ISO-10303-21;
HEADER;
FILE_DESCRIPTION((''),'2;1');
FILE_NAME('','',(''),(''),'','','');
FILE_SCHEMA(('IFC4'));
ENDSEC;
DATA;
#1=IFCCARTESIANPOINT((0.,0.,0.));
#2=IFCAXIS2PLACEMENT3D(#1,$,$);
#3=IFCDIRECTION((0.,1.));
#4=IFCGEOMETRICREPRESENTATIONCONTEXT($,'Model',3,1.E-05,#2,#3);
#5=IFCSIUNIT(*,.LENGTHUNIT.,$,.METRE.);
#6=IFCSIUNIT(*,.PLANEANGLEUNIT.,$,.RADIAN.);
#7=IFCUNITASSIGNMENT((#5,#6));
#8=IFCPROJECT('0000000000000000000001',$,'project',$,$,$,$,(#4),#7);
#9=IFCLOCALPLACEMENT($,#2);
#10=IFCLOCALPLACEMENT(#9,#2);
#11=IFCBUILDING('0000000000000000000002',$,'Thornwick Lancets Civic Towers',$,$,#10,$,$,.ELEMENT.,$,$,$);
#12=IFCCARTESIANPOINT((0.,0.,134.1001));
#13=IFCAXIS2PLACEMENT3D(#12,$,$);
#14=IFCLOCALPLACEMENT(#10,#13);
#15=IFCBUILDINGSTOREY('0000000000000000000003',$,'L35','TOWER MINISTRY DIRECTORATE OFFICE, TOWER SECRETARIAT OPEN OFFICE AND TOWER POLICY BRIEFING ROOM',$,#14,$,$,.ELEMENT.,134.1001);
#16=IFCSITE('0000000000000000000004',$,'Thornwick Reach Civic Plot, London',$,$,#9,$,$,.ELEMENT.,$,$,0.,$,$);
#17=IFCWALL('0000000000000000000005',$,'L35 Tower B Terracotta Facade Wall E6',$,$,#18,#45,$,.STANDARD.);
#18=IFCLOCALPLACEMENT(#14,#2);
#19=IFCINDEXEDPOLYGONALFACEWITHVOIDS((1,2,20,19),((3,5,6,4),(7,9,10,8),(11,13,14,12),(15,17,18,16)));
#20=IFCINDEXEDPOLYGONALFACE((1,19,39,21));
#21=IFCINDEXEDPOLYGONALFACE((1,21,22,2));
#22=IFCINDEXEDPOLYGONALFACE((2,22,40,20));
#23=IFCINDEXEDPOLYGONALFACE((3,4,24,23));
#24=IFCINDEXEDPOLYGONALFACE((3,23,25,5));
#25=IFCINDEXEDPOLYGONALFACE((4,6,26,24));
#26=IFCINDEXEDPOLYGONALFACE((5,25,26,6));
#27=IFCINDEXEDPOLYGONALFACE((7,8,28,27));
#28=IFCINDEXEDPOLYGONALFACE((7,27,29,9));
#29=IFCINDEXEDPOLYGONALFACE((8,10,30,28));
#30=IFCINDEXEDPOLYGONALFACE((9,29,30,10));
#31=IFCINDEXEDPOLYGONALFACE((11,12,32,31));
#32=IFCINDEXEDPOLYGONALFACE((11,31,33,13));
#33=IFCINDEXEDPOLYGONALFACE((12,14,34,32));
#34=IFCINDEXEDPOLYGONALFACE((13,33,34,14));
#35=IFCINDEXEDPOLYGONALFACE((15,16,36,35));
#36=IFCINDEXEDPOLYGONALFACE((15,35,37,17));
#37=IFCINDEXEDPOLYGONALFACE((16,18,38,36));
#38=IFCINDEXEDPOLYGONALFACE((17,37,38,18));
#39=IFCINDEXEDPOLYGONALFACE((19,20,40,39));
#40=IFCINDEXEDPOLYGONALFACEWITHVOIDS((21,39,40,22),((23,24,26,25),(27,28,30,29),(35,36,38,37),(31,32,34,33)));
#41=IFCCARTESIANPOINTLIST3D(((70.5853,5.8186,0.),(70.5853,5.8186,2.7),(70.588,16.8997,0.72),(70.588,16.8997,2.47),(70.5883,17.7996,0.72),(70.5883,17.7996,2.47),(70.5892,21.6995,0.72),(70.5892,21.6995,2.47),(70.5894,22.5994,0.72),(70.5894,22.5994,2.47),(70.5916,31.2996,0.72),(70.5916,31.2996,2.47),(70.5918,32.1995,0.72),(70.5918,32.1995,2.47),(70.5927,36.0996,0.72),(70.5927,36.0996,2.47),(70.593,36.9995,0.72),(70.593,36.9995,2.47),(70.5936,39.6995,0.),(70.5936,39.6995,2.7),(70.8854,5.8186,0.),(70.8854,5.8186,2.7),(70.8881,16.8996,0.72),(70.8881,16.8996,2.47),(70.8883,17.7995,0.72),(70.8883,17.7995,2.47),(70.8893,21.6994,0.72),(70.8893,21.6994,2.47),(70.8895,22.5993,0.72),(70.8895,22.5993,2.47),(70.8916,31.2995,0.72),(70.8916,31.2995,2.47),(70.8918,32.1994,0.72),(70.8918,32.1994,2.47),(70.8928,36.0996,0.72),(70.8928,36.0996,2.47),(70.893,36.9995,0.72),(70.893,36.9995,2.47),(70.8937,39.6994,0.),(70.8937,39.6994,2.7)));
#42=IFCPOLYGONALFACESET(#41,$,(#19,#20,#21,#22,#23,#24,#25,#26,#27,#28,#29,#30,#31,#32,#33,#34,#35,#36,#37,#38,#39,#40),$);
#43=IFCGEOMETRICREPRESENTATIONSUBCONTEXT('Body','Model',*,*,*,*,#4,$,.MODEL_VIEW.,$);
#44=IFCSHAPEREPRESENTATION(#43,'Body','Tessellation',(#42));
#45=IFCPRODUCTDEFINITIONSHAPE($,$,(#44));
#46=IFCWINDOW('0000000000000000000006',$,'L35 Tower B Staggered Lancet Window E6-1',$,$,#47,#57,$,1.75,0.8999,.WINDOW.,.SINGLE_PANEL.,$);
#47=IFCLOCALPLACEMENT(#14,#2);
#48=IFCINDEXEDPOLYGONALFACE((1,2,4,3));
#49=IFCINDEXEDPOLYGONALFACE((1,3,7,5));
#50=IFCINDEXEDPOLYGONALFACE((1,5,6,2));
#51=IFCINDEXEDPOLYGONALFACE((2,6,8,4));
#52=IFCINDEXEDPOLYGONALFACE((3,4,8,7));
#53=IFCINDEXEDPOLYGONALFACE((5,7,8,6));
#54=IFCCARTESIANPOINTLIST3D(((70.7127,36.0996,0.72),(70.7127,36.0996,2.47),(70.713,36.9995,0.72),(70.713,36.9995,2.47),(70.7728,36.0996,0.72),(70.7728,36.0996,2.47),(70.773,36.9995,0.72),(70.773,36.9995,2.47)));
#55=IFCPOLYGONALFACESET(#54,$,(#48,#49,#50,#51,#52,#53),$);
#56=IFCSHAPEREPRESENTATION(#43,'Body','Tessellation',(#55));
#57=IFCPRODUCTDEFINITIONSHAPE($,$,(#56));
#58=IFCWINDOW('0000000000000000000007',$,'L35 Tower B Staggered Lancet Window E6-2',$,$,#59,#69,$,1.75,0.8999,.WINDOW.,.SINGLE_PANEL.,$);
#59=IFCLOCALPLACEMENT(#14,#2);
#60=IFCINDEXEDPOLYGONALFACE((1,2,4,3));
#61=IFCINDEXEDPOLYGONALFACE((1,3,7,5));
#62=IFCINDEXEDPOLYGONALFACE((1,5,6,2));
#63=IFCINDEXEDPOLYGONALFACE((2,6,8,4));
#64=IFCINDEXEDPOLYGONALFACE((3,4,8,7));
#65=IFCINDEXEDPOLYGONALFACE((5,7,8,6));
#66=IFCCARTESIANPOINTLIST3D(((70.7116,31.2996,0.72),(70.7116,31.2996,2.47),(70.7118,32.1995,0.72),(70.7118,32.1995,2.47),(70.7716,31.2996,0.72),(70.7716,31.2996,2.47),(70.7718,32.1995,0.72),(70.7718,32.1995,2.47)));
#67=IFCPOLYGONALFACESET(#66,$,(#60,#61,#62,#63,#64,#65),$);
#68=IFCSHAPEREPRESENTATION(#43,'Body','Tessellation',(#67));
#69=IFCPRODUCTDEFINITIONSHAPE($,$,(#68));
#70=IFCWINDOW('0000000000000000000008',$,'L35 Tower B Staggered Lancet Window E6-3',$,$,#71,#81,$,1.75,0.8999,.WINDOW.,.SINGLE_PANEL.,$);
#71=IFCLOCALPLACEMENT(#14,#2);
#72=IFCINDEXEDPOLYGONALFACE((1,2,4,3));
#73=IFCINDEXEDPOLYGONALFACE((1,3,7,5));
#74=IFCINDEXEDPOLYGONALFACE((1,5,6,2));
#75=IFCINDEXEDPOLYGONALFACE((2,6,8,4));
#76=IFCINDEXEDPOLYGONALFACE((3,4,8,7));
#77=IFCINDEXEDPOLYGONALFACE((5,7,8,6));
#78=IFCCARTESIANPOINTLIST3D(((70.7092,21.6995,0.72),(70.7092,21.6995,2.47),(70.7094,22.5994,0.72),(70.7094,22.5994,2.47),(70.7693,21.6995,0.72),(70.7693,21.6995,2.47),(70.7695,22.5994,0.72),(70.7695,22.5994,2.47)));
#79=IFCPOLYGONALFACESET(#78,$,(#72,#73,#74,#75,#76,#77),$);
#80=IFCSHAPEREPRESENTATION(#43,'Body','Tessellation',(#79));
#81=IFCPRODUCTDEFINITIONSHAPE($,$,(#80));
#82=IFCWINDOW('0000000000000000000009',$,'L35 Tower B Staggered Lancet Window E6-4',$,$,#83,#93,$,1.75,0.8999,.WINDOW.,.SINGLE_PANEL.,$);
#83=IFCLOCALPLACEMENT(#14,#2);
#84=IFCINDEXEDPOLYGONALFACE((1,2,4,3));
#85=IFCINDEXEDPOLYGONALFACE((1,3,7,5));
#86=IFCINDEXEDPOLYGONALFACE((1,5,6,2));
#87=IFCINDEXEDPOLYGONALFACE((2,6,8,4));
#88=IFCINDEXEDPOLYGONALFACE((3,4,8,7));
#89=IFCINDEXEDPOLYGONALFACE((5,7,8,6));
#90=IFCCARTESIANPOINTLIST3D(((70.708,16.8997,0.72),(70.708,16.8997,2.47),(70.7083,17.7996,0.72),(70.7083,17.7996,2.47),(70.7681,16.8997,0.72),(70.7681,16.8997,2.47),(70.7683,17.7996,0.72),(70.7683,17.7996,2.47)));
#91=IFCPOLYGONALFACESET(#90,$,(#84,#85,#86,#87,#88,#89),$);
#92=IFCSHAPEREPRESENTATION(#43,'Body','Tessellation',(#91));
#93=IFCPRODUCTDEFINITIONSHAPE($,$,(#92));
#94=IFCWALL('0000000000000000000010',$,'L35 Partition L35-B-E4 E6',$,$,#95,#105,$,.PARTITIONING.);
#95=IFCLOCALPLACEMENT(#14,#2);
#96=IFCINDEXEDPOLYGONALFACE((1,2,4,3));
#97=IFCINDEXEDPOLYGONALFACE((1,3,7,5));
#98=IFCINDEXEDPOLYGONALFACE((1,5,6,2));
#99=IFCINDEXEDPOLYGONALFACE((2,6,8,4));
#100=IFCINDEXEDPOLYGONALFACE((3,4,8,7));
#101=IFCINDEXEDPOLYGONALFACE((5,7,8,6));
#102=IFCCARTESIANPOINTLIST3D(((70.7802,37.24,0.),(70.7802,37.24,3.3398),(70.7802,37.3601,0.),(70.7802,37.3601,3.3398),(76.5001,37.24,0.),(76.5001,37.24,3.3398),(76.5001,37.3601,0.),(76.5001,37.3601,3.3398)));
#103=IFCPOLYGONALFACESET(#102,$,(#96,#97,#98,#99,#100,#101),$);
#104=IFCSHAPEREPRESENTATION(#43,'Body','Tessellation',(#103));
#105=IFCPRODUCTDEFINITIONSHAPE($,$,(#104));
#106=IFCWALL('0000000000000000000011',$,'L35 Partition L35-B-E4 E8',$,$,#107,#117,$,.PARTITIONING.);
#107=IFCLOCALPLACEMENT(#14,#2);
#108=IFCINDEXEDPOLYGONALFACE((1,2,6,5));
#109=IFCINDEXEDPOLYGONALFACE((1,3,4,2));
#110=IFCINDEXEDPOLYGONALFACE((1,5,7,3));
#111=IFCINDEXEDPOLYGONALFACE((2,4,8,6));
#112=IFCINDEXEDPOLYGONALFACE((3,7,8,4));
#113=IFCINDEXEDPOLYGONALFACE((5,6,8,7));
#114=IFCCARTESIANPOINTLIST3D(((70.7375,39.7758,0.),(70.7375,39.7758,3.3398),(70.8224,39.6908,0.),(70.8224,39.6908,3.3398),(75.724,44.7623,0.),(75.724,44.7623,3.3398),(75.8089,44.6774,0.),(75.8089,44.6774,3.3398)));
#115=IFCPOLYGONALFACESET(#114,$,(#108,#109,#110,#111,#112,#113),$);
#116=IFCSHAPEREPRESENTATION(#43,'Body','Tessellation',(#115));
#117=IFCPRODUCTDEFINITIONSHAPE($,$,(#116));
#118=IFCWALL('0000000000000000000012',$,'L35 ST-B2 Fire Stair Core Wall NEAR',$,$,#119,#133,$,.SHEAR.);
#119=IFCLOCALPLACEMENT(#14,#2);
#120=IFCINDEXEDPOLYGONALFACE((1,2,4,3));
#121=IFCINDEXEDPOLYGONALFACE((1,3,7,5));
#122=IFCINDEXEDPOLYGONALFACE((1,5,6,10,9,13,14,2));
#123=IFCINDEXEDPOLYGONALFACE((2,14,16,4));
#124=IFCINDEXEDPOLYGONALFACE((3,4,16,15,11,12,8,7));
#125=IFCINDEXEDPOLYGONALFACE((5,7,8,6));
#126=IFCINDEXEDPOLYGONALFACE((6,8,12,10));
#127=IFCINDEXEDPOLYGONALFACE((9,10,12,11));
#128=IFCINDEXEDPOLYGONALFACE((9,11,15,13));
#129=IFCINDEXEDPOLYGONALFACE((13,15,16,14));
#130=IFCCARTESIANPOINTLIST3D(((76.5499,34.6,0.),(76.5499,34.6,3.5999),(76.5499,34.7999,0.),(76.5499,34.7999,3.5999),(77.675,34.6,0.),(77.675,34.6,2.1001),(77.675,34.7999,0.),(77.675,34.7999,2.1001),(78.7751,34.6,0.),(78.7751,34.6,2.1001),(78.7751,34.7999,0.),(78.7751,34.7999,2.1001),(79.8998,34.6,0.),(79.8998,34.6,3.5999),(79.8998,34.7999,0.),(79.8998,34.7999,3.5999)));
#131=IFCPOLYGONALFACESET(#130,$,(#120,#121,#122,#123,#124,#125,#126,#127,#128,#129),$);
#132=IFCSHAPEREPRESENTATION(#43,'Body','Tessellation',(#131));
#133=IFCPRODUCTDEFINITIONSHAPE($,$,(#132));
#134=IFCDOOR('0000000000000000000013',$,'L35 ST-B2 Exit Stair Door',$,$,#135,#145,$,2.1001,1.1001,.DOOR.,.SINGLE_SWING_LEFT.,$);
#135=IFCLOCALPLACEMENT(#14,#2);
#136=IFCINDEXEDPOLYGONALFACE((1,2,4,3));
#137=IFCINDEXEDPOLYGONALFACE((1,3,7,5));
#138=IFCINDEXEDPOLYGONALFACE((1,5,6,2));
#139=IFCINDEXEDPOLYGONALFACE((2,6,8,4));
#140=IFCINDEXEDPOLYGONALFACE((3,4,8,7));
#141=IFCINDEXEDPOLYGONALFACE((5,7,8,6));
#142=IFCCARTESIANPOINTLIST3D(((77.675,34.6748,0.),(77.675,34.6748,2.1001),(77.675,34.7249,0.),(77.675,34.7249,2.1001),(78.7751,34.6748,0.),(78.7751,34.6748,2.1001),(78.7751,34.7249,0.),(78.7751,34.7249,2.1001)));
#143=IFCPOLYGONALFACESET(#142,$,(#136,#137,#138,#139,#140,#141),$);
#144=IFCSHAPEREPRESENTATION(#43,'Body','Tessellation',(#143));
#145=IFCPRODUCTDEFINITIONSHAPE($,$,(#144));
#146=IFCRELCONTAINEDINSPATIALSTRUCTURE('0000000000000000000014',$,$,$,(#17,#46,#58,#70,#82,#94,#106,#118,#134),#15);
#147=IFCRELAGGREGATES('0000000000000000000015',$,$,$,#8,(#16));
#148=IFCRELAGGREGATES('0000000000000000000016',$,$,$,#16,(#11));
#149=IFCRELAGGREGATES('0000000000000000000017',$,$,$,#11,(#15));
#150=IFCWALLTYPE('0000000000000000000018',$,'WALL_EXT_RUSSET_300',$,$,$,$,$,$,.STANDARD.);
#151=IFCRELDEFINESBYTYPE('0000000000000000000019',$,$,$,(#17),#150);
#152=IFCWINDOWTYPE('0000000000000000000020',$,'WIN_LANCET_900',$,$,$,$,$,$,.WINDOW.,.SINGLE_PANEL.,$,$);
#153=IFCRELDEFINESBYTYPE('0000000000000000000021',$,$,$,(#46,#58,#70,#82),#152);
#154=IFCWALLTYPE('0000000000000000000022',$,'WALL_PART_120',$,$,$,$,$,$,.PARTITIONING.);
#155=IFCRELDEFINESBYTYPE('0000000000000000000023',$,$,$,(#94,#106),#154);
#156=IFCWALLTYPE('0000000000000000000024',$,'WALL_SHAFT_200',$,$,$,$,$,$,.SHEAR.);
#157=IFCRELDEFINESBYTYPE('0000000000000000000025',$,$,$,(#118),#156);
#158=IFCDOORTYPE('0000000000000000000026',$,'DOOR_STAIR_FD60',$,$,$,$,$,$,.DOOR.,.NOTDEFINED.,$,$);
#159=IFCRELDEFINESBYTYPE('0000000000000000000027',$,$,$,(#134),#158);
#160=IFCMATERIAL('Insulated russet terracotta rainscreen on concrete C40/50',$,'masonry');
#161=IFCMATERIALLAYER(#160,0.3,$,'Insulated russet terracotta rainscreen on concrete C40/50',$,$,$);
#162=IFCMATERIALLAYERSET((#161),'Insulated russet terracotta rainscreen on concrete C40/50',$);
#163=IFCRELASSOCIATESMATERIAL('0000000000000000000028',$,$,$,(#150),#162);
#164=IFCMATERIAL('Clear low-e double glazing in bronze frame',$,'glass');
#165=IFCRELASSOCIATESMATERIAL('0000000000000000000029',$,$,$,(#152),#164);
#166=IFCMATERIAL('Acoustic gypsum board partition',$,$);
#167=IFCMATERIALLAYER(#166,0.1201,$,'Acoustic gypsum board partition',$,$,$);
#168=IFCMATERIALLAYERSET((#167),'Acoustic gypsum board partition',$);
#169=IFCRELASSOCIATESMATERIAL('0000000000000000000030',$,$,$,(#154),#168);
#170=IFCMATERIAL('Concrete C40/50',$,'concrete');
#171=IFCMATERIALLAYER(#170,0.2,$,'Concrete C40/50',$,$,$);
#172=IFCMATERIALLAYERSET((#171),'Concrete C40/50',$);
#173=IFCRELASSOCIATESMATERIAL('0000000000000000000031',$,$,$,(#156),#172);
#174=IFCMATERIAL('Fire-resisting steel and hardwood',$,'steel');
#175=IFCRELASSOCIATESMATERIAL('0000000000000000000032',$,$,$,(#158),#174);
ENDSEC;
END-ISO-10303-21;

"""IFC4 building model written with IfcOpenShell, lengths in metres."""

from ifc_helpers import new_model, si_unit, direction, frame, frame_2d, origin, place, context, subcontext, project, spatial, rectangle, extrude, material, layer, layer_set, type_object, element, fill, save


model = new_model("IFC4")

# Units and contexts
model_context = context("Model", 3, precision=1e-05, world=origin(), true_north=direction((0.0, 1.0)))
body_context = subcontext(model_context, "Body", "Model", "MODEL_VIEW")
ifc_project = project(units=[si_unit("LENGTHUNIT", "METRE"), si_unit("PLANEANGLEUNIT", "RADIAN")], contexts=[model_context])

# Site, building, storey
site_placement = place(None, origin())
site = spatial("IfcSite", under=ifc_project, at=site_placement, Name="Thornwick Reach Civic Plot, London", CompositionType="ELEMENT", RefElevation=0.0)
building_placement = place(site_placement, origin())
building = spatial("IfcBuilding", under=site, at=building_placement, Name="Thornwick Lancets Civic Towers", CompositionType="ELEMENT")
storey_placement = place(building_placement, frame((0.0, 0.0, 134.1001)))
storey = spatial("IfcBuildingStorey", under=building, at=storey_placement, Name="L35", Description="TOWER MINISTRY DIRECTORATE OFFICE, TOWER SECRETARIAT OPEN OFFICE AND TOWER POLICY BRIEFING ROOM", CompositionType="ELEMENT", Elevation=134.1001)

# Shared definitions
ifc_material_1 = material(Name="Concrete C40/50", Category="concrete")

# Wall, openings, windows
ifc_material_2 = material(Name="Insulated russet terracotta rainscreen on concrete C40/50", Category="masonry")
ifc_layer_1 = layer(ifc_material_2, 0.3, Name="Insulated russet terracotta rainscreen on concrete C40/50")
ifc_layer_set_1 = layer_set([ifc_layer_1], Name="Insulated russet terracotta rainscreen on concrete C40/50")
wall_type_1 = type_object("IfcWallType", Name="WALL_EXT_RUSSET_300", PredefinedType="STANDARD", material=ifc_layer_set_1)
wall_1_placement = place(storey_placement, frame((70.7437, 39.6995, 0.0), z_axis=(0.0, 0.0, 1.0), x_axis=(-0.000245, -1.0, 0.0)))
wall_1 = element("IfcWall", 1, at=wall_1_placement, inside=storey, type_object=wall_type_1, Name="L35 Tower B Terracotta Facade Wall E6", PredefinedType="STANDARD", context=body_context, shape_type="SweptSolid", body=[
    extrude(rectangle(XDim=33.8809, YDim=0.3, at=frame_2d((16.9404, 0.0))), origin(), (0.0, 0.0, 1.0), 2.7),
])
opening_1_placement = place(wall_1_placement, frame((2.7, 0.0, 0.72)))
opening_1 = element("IfcOpeningElement", 2, at=opening_1_placement, cuts=wall_1, PredefinedType="OPENING", context=body_context, shape_type="SweptSolid", body=[
    extrude(rectangle(XDim=0.8999, YDim=1.75, at=frame_2d((0.45, 0.875))), frame((0.0, 0.1602, 0.0), z_axis=(0.0, -1.0, 0.0), x_axis=(1.0, 0.0, 0.0)), (0.0, 0.0, 1.0), 0.3201),
])
opening_2_placement = place(wall_1_placement, frame((7.5, 0.0, 0.72)))
opening_2 = element("IfcOpeningElement", 3, at=opening_2_placement, cuts=wall_1, PredefinedType="OPENING", context=body_context, shape_type="SweptSolid", body=[
    extrude(rectangle(XDim=0.8999, YDim=1.75, at=frame_2d((0.45, 0.875))), frame((0.0, 0.1602, 0.0), z_axis=(0.0, -1.0, 0.0), x_axis=(1.0, 0.0, 0.0)), (0.0, 0.0, 1.0), 0.3201),
])
opening_3_placement = place(wall_1_placement, frame((17.1001, 0.0, 0.72)))
opening_3 = element("IfcOpeningElement", 4, at=opening_3_placement, cuts=wall_1, PredefinedType="OPENING", context=body_context, shape_type="SweptSolid", body=[
    extrude(rectangle(XDim=0.8999, YDim=1.75, at=frame_2d((0.45, 0.875))), frame((0.0, 0.1602, 0.0), z_axis=(0.0, -1.0, 0.0), x_axis=(1.0, 0.0, 0.0)), (0.0, 0.0, 1.0), 0.3201),
])
opening_4_placement = place(wall_1_placement, frame((21.8999, 0.0, 0.72)))
opening_4 = element("IfcOpeningElement", 5, at=opening_4_placement, cuts=wall_1, PredefinedType="OPENING", context=body_context, shape_type="SweptSolid", body=[
    extrude(rectangle(XDim=0.8999, YDim=1.75, at=frame_2d((0.45, 0.875))), frame((0.0, 0.1602, 0.0), z_axis=(0.0, -1.0, 0.0), x_axis=(1.0, 0.0, 0.0)), (0.0, 0.0, 1.0), 0.3201),
])
ifc_material_3 = material(Name="Clear low-e double glazing in bronze frame", Category="glass")
window_type = type_object("IfcWindowType", Name="WIN_LANCET_900", PartitioningType="SINGLE_PANEL", PredefinedType="WINDOW", material=ifc_material_3)
window_1_placement = place(opening_1_placement, origin())
window_1 = element("IfcWindow", 6, at=window_1_placement, inside=storey, type_object=window_type, Name="L35 Tower B Staggered Lancet Window E6-1", OverallHeight=1.75, OverallWidth=0.8999, PartitioningType="SINGLE_PANEL", PredefinedType="WINDOW", context=body_context, shape_type="SweptSolid", body=[
    extrude(rectangle(XDim=0.8999, YDim=1.75, at=frame_2d((0.45, 0.875))), frame((0.0, 0.03, 0.0), z_axis=(0.0, -1.0, 0.0), x_axis=(1.0, 0.0, 0.0)), (0.0, 0.0, 1.0), 0.0601),
])
fill(opening_1, window_1)
window_2_placement = place(opening_2_placement, origin())
window_2 = element("IfcWindow", 7, at=window_2_placement, inside=storey, type_object=window_type, Name="L35 Tower B Staggered Lancet Window E6-2", OverallHeight=1.75, OverallWidth=0.8999, PartitioningType="SINGLE_PANEL", PredefinedType="WINDOW", context=body_context, shape_type="SweptSolid", body=[
    extrude(rectangle(XDim=0.8999, YDim=1.75, at=frame_2d((0.45, 0.875))), frame((0.0, 0.03, 0.0), z_axis=(0.0, -1.0, 0.0), x_axis=(1.0, 0.0, 0.0)), (0.0, 0.0, 1.0), 0.0601),
])
fill(opening_2, window_2)
window_3_placement = place(opening_3_placement, origin())
window_3 = element("IfcWindow", 8, at=window_3_placement, inside=storey, type_object=window_type, Name="L35 Tower B Staggered Lancet Window E6-3", OverallHeight=1.75, OverallWidth=0.8999, PartitioningType="SINGLE_PANEL", PredefinedType="WINDOW", context=body_context, shape_type="SweptSolid", body=[
    extrude(rectangle(XDim=0.8999, YDim=1.75, at=frame_2d((0.45, 0.875))), frame((0.0, 0.03, 0.0), z_axis=(0.0, -1.0, 0.0), x_axis=(1.0, 0.0, 0.0)), (0.0, 0.0, 1.0), 0.0601),
])
fill(opening_3, window_3)
window_4_placement = place(opening_4_placement, origin())
window_4 = element("IfcWindow", 9, at=window_4_placement, inside=storey, type_object=window_type, Name="L35 Tower B Staggered Lancet Window E6-4", OverallHeight=1.75, OverallWidth=0.8999, PartitioningType="SINGLE_PANEL", PredefinedType="WINDOW", context=body_context, shape_type="SweptSolid", body=[
    extrude(rectangle(XDim=0.8999, YDim=1.75, at=frame_2d((0.45, 0.875))), frame((0.0, 0.03, 0.0), z_axis=(0.0, -1.0, 0.0), x_axis=(1.0, 0.0, 0.0)), (0.0, 0.0, 1.0), 0.0601),
])
fill(opening_4, window_4)

# Walls
ifc_material_4 = material(Name="Acoustic gypsum board partition")
ifc_layer_2 = layer(ifc_material_4, 0.1201, Name="Acoustic gypsum board partition")
ifc_layer_set_2 = layer_set([ifc_layer_2], Name="Acoustic gypsum board partition")
wall_type_2 = type_object("IfcWallType", Name="WALL_PART_120", PredefinedType="PARTITIONING", material=ifc_layer_set_2)
wall_2_placement = place(storey_placement, frame((76.5, 37.3, 0.0), z_axis=(0.0, 0.0, 1.0), x_axis=(-1.0, 0.0, 0.0)))
element("IfcWall", 10, at=wall_2_placement, inside=storey, type_object=wall_type_2, Name="L35 Partition L35-B-E4 E6", PredefinedType="PARTITIONING", context=body_context, shape_type="SweptSolid", body=[
    extrude(rectangle(XDim=5.72, YDim=0.1201, at=frame_2d((2.8599, 0.0))), origin(), (0.0, 0.0, 1.0), 3.3398),
])
wall_3_placement = place(storey_placement, frame((70.78, 39.7334, 0.0), z_axis=(0.0, 0.0, 1.0), x_axis=(0.707107, 0.707107, 0.0)))
element("IfcWall", 11, at=wall_3_placement, inside=storey, type_object=wall_type_2, Name="L35 Partition L35-B-E4 E8", PredefinedType="PARTITIONING", context=body_context, shape_type="SweptSolid", body=[
    extrude(rectangle(XDim=7.052, YDim=0.1201, at=frame_2d((3.5259, 0.0))), origin(), (0.0, 0.0, 1.0), 3.3398),
])

# Wall, opening, door
ifc_layer_3 = layer(ifc_material_1, 0.2, Name="Concrete C40/50")
ifc_layer_set_3 = layer_set([ifc_layer_3], Name="Concrete C40/50")
wall_type_3 = type_object("IfcWallType", Name="WALL_SHAFT_200", PredefinedType="SHEAR", material=ifc_layer_set_3)
wall_4_placement = place(storey_placement, frame((76.55, 34.7, 0.0), z_axis=(0.0, 0.0, 1.0), x_axis=(1.0, 0.0, 0.0)))
wall_4 = element("IfcWall", 12, at=wall_4_placement, inside=storey, type_object=wall_type_3, Name="L35 ST-B2 Fire Stair Core Wall NEAR", PredefinedType="SHEAR", context=body_context, shape_type="SweptSolid", body=[
    extrude(rectangle(XDim=3.3499, YDim=0.2, at=frame_2d((1.6748, 0.0))), origin(), (0.0, 0.0, 1.0), 3.5999),
])
opening_5_placement = place(wall_4_placement, frame((1.125, 0.0, 0.0)))
opening_5 = element("IfcOpeningElement", 13, at=opening_5_placement, cuts=wall_4, PredefinedType="OPENING", context=body_context, shape_type="SweptSolid", body=[
    extrude(rectangle(XDim=1.1001, YDim=2.1001, at=frame_2d((0.55, 1.05))), frame((0.0, 0.1099, 0.0), z_axis=(0.0, -1.0, 0.0), x_axis=(1.0, 0.0, 0.0)), (0.0, 0.0, 1.0), 0.22),
])
ifc_material_5 = material(Name="Fire-resisting steel and hardwood", Category="steel")
door_type = type_object("IfcDoorType", Name="DOOR_STAIR_FD60", OperationType="NOTDEFINED", PredefinedType="DOOR", material=ifc_material_5)
door_placement = place(opening_5_placement, origin())
door = element("IfcDoor", 14, at=door_placement, inside=storey, type_object=door_type, Name="L35 ST-B2 Exit Stair Door", OperationType="SINGLE_SWING_LEFT", OverallHeight=2.1001, OverallWidth=1.1001, PredefinedType="DOOR", context=body_context, shape_type="SweptSolid", body=[
    extrude(rectangle(XDim=1.1001, YDim=2.1001, at=frame_2d((0.55, 1.05))), frame((0.0, 0.0249, 0.0), z_axis=(0.0, -1.0, 0.0), x_axis=(1.0, 0.0, 0.0)), (0.0, 0.0, 1.0), 0.05),
])
fill(opening_5, door)

save(model, "model.ifc")
